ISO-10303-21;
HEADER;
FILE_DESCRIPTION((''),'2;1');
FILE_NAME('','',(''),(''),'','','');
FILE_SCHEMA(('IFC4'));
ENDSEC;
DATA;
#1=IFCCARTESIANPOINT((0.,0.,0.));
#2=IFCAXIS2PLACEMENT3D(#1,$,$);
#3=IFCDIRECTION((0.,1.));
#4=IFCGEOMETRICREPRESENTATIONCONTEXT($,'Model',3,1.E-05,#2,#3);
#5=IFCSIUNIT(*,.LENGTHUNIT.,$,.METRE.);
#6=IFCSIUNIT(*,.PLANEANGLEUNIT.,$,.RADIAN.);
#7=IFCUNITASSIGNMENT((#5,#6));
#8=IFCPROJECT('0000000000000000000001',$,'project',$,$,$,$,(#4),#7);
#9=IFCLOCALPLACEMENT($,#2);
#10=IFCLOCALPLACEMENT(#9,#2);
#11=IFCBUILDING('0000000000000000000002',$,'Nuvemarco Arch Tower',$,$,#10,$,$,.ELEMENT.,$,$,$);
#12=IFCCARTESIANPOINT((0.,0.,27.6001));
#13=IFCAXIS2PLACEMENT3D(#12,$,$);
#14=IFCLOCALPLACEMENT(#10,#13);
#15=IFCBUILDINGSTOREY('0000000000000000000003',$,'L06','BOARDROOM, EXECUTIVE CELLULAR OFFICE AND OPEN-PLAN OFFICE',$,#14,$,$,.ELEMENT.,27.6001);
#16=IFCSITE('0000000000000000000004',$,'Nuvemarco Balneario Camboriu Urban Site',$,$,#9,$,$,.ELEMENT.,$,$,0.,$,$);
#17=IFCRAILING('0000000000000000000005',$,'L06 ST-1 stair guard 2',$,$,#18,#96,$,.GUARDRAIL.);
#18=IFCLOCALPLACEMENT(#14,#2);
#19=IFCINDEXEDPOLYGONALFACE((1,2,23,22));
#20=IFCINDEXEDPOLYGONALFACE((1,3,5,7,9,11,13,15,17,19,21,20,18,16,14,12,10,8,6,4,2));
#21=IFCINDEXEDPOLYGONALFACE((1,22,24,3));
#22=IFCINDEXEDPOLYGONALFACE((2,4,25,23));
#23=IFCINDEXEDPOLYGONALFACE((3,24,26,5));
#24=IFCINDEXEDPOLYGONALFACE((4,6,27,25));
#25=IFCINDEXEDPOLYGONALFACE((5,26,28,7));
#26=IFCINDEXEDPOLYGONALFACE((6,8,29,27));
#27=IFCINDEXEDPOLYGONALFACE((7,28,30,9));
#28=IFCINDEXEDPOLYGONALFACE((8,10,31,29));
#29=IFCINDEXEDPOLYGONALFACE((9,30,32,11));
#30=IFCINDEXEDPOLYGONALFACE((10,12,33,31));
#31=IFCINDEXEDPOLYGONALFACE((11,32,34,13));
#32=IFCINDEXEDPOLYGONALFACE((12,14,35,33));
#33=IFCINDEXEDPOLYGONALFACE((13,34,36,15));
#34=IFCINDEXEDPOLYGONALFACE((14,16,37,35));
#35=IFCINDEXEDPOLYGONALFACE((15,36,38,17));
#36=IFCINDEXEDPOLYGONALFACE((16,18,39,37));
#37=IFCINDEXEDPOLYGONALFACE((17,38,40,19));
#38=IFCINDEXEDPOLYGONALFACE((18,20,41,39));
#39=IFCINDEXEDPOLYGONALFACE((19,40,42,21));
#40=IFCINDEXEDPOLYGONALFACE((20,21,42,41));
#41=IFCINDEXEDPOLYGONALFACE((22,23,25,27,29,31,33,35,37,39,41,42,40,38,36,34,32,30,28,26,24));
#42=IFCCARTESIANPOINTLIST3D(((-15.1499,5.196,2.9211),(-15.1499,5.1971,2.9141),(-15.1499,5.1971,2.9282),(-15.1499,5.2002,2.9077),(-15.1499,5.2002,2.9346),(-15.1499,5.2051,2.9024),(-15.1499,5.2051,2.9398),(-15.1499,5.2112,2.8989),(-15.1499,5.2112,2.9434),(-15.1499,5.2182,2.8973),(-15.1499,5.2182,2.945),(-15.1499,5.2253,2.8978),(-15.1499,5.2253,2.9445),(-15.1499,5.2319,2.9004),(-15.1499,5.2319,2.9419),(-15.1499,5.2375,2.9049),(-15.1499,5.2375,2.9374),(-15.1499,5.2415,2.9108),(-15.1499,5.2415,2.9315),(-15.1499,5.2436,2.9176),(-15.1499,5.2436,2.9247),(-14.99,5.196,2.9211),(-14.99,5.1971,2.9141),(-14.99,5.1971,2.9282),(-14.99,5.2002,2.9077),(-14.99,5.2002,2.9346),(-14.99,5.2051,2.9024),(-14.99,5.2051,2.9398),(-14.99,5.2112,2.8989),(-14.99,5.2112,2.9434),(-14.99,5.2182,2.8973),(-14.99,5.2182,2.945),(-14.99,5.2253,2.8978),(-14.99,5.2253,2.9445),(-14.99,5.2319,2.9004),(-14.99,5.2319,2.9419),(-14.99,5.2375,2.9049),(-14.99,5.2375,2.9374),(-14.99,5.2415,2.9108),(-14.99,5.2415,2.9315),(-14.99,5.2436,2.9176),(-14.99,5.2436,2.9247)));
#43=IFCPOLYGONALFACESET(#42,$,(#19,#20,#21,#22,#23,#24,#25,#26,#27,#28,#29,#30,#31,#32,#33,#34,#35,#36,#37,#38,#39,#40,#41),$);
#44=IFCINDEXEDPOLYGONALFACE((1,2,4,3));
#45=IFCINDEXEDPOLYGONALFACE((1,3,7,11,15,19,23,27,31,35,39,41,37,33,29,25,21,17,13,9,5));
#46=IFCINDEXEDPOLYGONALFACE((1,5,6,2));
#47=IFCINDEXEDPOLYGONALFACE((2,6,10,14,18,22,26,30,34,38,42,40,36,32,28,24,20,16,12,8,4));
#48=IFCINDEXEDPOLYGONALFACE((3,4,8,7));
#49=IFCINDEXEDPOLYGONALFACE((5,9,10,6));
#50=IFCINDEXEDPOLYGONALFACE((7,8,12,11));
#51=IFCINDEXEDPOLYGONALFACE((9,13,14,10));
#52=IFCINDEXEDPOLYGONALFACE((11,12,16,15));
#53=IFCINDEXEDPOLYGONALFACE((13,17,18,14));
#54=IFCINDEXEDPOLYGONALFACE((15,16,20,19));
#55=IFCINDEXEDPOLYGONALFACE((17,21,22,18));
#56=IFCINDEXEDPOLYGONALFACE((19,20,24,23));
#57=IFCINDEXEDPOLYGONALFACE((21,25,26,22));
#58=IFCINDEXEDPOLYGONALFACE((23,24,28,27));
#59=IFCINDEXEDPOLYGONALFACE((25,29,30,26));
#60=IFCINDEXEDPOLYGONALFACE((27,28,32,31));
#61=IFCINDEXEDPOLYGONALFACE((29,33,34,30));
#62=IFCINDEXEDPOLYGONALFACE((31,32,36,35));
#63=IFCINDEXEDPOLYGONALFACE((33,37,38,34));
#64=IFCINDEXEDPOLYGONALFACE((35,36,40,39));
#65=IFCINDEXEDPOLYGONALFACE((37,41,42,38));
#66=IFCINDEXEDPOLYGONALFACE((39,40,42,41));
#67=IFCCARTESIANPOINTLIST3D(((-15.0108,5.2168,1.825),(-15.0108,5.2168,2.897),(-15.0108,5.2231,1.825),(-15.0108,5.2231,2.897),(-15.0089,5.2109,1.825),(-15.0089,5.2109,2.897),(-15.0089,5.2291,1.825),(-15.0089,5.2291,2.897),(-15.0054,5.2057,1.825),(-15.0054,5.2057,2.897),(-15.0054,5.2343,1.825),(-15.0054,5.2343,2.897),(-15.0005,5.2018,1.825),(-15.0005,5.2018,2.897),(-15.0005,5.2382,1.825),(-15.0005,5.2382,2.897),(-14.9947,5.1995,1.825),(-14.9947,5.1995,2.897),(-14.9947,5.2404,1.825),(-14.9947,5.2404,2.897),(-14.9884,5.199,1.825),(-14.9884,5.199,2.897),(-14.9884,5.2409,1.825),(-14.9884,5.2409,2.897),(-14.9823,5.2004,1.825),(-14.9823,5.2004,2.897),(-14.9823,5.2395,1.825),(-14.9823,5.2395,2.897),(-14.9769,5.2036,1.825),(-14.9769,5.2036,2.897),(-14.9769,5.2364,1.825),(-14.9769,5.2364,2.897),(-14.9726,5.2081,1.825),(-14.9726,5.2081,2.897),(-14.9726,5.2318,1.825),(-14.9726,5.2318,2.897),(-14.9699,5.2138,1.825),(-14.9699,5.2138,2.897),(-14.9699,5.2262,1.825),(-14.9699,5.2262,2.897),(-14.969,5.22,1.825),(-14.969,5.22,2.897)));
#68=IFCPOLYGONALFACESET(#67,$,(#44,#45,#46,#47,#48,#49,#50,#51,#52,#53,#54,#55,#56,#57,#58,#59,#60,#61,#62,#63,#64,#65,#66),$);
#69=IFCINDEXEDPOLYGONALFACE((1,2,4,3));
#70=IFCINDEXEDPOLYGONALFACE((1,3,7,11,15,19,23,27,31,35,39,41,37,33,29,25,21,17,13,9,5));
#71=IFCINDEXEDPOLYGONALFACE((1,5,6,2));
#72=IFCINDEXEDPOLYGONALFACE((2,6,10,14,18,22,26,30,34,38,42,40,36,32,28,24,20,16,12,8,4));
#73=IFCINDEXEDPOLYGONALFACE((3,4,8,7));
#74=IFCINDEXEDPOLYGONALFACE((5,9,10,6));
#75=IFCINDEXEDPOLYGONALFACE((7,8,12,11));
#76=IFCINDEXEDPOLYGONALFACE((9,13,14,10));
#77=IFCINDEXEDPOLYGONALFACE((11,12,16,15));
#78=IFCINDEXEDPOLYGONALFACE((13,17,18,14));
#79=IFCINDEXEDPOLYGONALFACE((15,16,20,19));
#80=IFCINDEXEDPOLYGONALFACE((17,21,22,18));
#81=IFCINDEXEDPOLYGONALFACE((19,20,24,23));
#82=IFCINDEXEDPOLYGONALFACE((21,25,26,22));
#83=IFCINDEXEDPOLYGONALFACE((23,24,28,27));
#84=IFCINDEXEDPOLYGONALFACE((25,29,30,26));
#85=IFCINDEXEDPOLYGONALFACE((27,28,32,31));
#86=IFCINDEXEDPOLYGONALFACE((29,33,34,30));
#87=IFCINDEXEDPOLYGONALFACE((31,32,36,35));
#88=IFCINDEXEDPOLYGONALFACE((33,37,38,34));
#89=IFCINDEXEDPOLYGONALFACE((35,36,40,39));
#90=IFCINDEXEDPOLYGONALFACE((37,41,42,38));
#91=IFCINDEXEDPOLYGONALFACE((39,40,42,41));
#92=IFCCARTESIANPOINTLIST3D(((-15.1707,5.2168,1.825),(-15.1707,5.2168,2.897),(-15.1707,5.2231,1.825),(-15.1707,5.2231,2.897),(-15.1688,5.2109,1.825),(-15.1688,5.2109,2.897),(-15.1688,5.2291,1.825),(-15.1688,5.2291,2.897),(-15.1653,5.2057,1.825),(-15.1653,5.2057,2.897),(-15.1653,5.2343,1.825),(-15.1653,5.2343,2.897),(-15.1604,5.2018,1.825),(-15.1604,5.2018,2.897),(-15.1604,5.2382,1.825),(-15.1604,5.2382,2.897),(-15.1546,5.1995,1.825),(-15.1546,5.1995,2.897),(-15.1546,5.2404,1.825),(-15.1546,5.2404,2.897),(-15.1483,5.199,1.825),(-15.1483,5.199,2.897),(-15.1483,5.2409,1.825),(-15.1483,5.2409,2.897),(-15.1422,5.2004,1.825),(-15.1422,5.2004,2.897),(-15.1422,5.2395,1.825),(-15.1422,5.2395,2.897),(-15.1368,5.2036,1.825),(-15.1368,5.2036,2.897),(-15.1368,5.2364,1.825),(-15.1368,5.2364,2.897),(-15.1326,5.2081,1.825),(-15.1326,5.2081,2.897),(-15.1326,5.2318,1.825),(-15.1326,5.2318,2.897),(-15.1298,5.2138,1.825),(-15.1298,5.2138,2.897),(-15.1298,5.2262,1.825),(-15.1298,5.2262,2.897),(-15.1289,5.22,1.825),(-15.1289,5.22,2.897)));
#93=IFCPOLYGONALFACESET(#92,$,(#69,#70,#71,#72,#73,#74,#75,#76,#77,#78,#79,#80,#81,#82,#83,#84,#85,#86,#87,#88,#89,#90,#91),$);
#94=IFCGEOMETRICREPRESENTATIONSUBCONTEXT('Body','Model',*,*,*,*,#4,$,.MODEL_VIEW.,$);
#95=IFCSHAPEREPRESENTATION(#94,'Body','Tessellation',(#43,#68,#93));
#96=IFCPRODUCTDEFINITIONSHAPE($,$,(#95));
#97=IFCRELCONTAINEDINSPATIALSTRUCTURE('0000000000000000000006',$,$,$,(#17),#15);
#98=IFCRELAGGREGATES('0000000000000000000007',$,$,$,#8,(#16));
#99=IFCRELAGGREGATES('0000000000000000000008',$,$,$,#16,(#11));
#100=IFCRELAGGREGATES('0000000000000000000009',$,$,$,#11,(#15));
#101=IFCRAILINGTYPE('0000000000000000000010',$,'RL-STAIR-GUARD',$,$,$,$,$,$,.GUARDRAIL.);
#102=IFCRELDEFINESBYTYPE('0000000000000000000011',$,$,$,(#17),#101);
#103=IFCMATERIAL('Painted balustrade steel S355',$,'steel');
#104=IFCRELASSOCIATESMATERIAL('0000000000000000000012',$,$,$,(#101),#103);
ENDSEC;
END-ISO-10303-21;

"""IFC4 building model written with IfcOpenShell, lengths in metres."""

from ifc_helpers import new_model, si_unit, direction, frame, origin, origin_2d, place, context, subcontext, project, spatial, circle, extrude, material, type_object, element, save


model = new_model("IFC4")

# Units and contexts
model_context = context("Model", 3, precision=1e-05, world=origin(), true_north=direction((0.0, 1.0)))
body_context = subcontext(model_context, "Body", "Model", "MODEL_VIEW")
ifc_project = project(units=[si_unit("LENGTHUNIT", "METRE"), si_unit("PLANEANGLEUNIT", "RADIAN")], contexts=[model_context])

# Site, building, storey
site_placement = place(None, origin())
site = spatial("IfcSite", under=ifc_project, at=site_placement, Name="Nuvemarco Balneario Camboriu Urban Site", CompositionType="ELEMENT", RefElevation=0.0)
building_placement = place(site_placement, origin())
building = spatial("IfcBuilding", under=site, at=building_placement, Name="Nuvemarco Arch Tower", CompositionType="ELEMENT")
storey_placement = place(building_placement, frame((0.0, 0.0, 27.6001)))
storey = spatial("IfcBuildingStorey", under=building, at=storey_placement, Name="L06", Description="BOARDROOM, EXECUTIVE CELLULAR OFFICE AND OPEN-PLAN OFFICE", CompositionType="ELEMENT", Elevation=27.6001)

# Railing
ifc_material_1 = material(Name="Painted balustrade steel S355", Category="steel")
railing_type_1 = type_object("IfcRailingType", Name="RL-STAIR-GUARD", PredefinedType="GUARDRAIL", material=ifc_material_1)
railing_1_placement = place(storey_placement, frame((-14.99, 5.22, 1.825)))
element("IfcRailing", 1, at=railing_1_placement, inside=storey, type_object=railing_type_1, Name="L06 ST-1 stair guard 2", PredefinedType="GUARDRAIL", context=body_context, shape_type="SweptSolid", body=[
    extrude(circle(Radius=0.0239, at=origin_2d()), frame((0.0, 0.0, 1.0962), z_axis=(-1.0, 0.0, 0.0), x_axis=(0.0, -1.0, 0.0)), (0.0, 0.0, 1.0), 0.1599),
    extrude(circle(Radius=0.021, at=origin_2d()), origin(), (0.0, 0.0, 1.0), 1.072),
    extrude(circle(Radius=0.021, at=origin_2d()), frame((-0.1599, 0.0, 0.0)), (0.0, 0.0, 1.0), 1.072),
])

save(model, "model.ifc")
